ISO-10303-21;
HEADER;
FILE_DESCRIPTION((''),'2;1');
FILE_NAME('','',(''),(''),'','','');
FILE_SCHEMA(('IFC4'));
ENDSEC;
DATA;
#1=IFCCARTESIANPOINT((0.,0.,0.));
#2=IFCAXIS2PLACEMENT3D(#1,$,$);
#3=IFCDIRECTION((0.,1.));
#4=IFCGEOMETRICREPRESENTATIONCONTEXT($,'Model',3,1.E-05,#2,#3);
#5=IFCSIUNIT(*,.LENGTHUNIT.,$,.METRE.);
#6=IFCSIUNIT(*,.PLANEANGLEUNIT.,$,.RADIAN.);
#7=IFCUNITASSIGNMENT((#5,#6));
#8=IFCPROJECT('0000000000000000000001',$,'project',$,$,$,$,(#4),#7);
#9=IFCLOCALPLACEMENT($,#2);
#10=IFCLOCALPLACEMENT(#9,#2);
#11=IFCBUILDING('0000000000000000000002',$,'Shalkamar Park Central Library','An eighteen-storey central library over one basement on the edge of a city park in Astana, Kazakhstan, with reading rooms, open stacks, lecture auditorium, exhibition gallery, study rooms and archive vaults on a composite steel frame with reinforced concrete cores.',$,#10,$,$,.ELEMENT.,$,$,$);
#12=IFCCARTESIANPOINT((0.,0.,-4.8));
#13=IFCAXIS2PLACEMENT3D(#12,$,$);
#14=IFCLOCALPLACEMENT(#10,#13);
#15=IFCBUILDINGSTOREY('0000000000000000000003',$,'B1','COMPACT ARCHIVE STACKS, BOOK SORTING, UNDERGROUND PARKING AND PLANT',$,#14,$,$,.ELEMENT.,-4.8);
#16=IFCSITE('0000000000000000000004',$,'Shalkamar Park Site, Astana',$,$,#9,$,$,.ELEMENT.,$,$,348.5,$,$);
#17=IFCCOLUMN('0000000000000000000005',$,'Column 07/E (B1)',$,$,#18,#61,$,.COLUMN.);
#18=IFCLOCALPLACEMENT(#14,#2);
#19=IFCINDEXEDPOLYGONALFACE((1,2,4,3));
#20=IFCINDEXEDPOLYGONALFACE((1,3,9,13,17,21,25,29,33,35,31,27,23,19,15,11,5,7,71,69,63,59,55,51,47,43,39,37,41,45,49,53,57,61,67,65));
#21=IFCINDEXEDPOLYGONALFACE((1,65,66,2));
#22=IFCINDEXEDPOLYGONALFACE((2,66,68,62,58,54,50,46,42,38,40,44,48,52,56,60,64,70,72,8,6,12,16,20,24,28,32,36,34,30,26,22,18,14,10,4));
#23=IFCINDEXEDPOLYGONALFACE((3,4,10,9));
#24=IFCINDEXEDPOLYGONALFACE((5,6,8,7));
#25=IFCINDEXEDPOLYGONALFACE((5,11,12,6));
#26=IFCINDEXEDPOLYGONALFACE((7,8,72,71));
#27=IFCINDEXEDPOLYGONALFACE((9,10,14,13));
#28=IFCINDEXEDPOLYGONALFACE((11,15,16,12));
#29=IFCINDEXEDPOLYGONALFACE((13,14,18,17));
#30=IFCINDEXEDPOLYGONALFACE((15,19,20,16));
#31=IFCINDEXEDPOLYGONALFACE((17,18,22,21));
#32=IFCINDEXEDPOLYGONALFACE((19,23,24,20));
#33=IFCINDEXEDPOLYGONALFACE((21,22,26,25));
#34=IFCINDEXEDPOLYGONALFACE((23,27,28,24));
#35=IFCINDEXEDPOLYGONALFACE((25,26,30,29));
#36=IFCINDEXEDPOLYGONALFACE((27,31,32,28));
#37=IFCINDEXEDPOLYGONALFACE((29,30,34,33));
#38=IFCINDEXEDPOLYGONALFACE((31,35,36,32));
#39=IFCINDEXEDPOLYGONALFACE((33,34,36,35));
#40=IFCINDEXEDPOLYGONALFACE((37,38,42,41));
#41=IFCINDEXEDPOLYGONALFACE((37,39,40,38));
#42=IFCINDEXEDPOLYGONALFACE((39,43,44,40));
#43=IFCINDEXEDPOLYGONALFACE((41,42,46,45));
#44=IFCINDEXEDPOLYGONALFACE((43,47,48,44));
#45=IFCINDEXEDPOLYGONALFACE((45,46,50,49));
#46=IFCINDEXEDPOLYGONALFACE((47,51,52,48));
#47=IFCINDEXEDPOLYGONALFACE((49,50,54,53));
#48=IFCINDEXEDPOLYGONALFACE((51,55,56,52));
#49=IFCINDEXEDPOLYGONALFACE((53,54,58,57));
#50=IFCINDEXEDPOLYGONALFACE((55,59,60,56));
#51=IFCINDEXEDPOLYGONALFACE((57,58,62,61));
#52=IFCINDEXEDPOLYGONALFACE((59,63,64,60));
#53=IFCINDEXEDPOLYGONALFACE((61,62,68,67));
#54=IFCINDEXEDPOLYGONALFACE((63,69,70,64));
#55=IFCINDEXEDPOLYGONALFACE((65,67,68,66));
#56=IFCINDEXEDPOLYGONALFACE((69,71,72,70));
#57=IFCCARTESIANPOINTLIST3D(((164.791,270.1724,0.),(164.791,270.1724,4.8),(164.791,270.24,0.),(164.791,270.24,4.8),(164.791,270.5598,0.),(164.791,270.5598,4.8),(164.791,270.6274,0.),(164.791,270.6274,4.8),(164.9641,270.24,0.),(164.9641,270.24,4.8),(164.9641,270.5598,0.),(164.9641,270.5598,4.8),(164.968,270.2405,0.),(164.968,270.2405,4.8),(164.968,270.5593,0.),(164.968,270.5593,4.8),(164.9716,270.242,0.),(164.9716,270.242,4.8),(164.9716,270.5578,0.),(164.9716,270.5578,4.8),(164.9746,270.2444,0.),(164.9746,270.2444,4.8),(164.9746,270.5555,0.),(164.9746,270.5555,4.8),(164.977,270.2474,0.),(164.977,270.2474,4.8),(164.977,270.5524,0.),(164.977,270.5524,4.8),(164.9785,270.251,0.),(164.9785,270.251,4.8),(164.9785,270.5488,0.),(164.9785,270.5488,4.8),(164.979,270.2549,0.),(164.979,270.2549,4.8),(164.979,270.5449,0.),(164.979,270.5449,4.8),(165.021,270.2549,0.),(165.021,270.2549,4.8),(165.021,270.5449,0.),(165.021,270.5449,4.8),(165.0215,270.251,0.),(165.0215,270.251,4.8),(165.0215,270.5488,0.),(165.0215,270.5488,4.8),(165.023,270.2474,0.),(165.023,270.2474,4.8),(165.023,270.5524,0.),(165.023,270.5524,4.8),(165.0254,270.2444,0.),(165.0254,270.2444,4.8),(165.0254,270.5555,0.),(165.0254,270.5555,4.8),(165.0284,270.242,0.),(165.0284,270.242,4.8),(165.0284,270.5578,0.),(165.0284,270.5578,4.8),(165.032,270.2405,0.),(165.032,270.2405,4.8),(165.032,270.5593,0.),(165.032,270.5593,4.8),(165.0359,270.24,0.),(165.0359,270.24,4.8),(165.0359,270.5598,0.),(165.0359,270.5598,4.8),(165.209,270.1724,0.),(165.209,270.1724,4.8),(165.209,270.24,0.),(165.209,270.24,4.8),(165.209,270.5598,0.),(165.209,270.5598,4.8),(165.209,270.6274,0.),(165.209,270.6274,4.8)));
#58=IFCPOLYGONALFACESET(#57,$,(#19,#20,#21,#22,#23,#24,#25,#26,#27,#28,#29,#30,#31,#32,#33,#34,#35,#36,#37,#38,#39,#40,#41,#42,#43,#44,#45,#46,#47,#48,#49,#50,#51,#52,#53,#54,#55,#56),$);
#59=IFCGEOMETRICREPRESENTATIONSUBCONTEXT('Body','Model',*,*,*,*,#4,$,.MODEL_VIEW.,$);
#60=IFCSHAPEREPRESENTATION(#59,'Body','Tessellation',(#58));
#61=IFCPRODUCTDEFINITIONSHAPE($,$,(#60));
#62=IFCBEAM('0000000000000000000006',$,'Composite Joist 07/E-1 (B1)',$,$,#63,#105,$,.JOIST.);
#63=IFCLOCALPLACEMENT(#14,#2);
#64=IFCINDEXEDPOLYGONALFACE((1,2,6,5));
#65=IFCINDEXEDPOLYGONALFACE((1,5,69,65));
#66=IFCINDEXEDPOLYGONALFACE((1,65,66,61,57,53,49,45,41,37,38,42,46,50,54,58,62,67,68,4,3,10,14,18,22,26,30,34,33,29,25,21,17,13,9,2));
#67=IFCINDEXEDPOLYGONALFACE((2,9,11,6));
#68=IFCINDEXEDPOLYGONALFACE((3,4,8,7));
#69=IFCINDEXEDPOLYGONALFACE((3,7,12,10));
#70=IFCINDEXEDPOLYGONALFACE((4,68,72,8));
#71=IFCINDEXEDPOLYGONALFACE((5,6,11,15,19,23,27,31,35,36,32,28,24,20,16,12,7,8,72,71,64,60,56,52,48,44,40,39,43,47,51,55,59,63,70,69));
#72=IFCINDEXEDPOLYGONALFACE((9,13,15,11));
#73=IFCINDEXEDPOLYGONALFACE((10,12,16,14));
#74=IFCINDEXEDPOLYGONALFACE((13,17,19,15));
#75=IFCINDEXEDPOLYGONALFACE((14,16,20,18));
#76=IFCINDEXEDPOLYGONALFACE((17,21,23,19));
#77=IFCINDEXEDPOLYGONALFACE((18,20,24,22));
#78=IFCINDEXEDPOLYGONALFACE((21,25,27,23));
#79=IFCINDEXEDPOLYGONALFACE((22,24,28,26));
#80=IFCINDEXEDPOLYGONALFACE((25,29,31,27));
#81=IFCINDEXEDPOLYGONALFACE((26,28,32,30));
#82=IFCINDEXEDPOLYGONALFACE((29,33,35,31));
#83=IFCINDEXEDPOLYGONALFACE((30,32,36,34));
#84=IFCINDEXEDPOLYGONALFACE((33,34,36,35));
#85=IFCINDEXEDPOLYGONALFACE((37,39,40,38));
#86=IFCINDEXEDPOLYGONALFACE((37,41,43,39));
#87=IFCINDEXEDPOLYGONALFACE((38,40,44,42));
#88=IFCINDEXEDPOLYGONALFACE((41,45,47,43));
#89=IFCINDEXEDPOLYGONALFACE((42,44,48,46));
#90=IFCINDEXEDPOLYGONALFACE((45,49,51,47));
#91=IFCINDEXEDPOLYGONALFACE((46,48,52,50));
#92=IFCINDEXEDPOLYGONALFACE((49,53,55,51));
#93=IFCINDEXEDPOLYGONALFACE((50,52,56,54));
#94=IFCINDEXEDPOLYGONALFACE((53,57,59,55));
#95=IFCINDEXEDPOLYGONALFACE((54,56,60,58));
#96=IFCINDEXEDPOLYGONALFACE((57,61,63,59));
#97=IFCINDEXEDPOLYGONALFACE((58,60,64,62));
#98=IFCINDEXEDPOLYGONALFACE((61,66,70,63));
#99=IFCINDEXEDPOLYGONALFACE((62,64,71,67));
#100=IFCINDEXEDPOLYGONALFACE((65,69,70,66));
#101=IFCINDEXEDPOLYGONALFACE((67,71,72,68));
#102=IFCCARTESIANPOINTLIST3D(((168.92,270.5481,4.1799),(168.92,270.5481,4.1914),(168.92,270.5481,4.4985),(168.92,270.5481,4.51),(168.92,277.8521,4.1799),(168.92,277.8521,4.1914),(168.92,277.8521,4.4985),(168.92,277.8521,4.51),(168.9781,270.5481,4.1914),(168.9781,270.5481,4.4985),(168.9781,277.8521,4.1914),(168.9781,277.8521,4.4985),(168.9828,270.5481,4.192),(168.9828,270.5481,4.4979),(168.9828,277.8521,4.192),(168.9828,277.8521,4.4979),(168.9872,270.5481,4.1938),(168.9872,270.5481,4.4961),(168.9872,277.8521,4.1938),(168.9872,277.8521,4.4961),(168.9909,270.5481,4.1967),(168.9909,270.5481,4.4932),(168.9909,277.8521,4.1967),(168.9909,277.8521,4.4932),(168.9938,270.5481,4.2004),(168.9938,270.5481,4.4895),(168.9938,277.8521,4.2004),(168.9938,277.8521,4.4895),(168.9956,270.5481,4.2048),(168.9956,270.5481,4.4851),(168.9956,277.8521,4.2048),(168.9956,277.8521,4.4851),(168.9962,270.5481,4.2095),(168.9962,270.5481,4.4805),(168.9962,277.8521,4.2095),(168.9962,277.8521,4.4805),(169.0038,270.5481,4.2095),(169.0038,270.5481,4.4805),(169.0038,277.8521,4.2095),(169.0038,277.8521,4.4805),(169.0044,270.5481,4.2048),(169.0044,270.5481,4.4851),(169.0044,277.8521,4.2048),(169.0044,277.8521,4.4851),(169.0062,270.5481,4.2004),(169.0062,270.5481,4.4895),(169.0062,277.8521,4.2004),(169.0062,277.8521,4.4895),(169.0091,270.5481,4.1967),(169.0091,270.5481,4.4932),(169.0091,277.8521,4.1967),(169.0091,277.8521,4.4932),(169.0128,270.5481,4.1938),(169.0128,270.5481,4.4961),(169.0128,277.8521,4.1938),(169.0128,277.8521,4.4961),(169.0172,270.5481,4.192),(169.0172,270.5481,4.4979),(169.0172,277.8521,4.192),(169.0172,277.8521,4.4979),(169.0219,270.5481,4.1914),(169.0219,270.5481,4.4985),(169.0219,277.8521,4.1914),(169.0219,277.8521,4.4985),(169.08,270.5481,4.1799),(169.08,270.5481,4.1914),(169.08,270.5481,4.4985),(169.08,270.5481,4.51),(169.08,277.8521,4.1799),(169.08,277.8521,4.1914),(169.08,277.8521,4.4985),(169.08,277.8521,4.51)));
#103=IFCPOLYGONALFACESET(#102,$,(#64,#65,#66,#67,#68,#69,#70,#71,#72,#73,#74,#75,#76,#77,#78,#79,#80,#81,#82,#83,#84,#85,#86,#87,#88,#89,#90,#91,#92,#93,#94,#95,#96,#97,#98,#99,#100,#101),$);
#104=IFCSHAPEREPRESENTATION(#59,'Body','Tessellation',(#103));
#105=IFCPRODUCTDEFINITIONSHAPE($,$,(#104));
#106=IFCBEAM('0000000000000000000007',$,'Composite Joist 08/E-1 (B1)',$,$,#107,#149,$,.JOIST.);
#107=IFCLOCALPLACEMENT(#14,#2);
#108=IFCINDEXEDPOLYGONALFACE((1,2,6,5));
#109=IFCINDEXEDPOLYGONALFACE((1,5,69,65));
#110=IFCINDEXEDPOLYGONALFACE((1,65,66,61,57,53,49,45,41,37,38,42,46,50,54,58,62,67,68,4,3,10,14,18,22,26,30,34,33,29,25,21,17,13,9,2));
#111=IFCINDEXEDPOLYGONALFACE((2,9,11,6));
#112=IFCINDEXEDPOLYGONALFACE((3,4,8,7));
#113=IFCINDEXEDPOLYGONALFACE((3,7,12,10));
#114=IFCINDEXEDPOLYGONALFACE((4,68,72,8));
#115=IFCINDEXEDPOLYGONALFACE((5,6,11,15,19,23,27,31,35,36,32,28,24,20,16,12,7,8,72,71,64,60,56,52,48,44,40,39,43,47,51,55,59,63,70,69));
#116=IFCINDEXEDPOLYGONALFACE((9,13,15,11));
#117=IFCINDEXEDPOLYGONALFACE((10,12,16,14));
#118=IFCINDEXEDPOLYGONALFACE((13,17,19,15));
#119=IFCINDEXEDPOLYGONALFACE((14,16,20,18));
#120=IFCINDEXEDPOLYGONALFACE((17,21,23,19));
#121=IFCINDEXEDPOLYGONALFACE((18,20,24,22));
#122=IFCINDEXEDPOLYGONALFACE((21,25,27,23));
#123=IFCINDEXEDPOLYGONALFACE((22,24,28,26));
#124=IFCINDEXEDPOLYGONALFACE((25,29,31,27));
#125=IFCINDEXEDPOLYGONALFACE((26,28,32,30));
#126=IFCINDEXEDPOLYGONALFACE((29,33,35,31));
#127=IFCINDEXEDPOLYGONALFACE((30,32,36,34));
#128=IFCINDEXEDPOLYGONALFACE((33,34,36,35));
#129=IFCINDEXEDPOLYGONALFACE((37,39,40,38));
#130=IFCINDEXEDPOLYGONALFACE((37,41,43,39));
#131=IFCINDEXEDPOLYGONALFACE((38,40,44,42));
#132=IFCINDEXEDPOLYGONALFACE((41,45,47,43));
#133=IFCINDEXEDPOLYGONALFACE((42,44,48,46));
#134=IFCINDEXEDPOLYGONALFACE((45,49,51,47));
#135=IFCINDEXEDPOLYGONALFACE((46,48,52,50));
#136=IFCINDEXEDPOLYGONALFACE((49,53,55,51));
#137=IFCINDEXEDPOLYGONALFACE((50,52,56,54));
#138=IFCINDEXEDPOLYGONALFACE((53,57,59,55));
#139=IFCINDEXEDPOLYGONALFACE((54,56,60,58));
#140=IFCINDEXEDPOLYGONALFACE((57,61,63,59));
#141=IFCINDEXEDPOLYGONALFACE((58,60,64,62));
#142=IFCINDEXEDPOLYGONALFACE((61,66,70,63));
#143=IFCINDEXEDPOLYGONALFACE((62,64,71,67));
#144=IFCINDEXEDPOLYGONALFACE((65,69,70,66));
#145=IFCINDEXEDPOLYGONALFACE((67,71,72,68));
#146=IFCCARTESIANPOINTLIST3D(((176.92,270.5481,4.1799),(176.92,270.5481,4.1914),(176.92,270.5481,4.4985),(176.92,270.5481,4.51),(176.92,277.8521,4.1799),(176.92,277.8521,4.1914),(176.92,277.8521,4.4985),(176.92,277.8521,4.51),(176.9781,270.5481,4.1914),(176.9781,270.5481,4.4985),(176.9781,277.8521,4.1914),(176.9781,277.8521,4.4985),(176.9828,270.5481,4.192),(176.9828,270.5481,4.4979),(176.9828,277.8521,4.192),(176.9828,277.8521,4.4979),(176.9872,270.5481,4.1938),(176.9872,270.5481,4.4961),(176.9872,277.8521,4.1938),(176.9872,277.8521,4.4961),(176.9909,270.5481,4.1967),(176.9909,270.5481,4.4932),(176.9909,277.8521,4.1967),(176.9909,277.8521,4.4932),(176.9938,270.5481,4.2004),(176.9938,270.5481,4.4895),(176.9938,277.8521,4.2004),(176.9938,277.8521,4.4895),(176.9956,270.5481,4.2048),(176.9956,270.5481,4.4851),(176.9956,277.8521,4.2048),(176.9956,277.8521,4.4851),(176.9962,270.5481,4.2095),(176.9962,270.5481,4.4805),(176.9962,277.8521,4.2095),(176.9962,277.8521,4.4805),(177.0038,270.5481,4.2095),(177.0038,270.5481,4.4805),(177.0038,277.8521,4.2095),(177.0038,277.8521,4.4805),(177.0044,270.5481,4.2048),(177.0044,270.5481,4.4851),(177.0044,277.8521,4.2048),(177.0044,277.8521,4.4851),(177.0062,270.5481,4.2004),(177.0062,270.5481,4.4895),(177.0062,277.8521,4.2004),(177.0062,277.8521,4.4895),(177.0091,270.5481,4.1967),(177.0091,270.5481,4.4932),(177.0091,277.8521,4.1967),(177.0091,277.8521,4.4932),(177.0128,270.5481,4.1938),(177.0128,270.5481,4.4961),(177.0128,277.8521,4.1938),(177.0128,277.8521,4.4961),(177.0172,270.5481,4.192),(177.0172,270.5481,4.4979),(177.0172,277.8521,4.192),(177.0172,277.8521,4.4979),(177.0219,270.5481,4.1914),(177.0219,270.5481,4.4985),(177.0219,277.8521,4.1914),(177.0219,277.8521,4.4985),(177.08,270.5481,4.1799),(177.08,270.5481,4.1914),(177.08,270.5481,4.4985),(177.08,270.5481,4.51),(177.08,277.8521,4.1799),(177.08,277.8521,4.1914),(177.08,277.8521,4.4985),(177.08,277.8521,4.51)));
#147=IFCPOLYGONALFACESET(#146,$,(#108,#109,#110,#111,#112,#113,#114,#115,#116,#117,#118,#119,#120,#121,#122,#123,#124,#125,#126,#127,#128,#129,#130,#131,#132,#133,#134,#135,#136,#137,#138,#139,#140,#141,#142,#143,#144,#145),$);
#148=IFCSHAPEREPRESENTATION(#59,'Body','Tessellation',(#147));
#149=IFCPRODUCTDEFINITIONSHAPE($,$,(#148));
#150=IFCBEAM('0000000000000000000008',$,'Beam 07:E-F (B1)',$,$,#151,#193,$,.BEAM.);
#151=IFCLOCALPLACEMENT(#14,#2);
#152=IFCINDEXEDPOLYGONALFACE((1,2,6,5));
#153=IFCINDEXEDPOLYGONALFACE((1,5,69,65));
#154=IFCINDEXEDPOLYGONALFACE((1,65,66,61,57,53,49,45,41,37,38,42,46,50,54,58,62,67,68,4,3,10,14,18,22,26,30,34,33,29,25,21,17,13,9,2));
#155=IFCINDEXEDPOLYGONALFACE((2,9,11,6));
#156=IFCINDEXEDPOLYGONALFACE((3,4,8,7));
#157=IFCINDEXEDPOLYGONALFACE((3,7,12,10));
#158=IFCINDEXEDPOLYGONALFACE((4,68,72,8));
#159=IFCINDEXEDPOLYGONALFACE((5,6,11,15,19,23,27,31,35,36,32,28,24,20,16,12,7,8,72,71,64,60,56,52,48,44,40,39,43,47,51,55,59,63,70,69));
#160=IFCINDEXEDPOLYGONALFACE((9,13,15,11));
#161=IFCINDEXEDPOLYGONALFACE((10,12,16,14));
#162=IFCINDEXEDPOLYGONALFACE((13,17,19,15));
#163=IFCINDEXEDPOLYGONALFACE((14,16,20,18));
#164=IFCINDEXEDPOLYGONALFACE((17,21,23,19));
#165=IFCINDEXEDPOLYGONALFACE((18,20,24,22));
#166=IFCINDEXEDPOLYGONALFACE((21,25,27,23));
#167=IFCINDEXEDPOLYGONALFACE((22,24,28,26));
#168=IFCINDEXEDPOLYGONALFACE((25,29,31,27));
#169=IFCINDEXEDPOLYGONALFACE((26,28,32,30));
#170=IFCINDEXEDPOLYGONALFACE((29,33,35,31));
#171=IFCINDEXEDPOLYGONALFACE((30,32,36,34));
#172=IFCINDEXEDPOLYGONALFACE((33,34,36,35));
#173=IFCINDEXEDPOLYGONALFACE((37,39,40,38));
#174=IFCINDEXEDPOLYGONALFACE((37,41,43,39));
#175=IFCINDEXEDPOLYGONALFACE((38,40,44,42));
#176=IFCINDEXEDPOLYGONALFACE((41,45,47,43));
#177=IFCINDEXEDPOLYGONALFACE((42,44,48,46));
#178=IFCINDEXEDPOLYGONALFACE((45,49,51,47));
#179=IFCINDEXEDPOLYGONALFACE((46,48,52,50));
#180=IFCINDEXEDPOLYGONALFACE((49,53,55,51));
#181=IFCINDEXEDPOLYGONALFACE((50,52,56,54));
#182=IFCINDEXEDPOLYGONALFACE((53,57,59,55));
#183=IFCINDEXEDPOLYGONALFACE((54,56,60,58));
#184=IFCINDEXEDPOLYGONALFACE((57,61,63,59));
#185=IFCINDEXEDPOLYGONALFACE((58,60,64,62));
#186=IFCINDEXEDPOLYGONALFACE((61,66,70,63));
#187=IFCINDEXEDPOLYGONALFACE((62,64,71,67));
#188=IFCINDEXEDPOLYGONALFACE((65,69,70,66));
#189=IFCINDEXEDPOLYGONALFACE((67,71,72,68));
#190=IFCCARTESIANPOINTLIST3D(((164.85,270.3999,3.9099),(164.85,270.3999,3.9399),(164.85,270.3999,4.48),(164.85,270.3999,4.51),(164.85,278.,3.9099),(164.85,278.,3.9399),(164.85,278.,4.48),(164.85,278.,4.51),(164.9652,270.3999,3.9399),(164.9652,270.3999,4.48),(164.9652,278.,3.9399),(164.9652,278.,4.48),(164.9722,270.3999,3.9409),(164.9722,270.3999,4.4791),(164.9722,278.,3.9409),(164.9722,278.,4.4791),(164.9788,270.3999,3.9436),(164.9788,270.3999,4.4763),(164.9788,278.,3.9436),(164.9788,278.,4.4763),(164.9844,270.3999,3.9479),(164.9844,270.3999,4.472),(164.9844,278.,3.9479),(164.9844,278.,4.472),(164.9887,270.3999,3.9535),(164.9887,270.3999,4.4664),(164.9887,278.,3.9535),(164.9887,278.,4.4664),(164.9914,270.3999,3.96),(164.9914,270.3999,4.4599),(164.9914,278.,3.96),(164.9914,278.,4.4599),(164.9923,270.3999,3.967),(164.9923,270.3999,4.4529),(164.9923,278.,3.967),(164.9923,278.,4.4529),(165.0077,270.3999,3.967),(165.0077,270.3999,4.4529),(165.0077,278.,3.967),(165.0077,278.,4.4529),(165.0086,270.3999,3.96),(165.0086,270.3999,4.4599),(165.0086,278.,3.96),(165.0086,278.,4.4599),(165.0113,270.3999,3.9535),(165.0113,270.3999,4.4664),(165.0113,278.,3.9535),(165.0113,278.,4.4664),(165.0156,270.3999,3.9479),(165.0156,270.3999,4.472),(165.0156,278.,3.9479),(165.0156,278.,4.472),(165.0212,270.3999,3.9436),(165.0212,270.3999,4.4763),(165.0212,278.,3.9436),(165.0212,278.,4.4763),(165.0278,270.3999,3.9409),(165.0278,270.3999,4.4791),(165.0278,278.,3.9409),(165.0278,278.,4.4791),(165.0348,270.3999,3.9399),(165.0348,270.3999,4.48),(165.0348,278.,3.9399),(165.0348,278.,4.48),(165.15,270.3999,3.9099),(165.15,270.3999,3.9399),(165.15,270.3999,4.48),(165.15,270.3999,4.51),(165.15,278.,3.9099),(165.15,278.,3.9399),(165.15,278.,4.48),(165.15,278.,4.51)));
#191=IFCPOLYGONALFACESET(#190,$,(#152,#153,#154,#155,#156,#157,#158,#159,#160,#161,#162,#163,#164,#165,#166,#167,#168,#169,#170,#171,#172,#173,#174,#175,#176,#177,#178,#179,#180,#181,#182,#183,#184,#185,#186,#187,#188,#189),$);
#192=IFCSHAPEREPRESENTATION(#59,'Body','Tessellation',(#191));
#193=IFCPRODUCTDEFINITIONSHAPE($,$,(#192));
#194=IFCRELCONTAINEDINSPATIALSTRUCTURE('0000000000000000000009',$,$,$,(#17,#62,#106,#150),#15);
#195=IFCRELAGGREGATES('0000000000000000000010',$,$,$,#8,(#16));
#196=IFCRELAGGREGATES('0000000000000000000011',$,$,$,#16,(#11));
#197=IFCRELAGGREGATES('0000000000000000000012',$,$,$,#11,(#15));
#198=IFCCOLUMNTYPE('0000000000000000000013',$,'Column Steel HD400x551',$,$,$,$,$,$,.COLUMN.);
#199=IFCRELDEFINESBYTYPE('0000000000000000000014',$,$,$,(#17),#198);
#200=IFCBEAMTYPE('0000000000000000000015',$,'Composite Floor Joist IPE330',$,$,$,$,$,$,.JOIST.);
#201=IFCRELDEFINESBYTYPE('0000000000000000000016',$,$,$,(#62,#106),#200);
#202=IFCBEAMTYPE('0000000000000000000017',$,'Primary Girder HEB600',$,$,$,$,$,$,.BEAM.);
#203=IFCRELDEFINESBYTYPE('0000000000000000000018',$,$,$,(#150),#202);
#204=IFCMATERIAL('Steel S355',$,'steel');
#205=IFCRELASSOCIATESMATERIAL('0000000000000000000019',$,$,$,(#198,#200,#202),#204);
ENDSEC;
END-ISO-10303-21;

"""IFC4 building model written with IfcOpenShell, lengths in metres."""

from ifc_helpers import new_model, si_unit, direction, frame, origin, origin_2d, place, context, subcontext, project, spatial, i_section, extrude, material, material_profile, profile_set, type_object, element, save


model = new_model("IFC4")

# Units and contexts
model_context = context("Model", 3, precision=1e-05, world=origin(), true_north=direction((0.0, 1.0)))
body_context = subcontext(model_context, "Body", "Model", "MODEL_VIEW")
ifc_project = project(units=[si_unit("LENGTHUNIT", "METRE"), si_unit("PLANEANGLEUNIT", "RADIAN")], contexts=[model_context])

# Site, building, storey
site_placement = place(None, origin())
site = spatial("IfcSite", under=ifc_project, at=site_placement, Name="Shalkamar Park Site, Astana", CompositionType="ELEMENT", RefElevation=348.5)
building_placement = place(site_placement, origin())
building = spatial("IfcBuilding", under=site, at=building_placement, Name="Shalkamar Park Central Library", Description="An eighteen-storey central library over one basement on the edge of a city park in Astana, Kazakhstan, with reading rooms, open stacks, lecture auditorium, exhibition gallery, study rooms and archive vaults on a composite steel frame with reinforced concrete cores.", CompositionType="ELEMENT")
storey_placement = place(building_placement, frame((0.0, 0.0, -4.8)))
storey = spatial("IfcBuildingStorey", under=building, at=storey_placement, Name="B1", Description="COMPACT ARCHIVE STACKS, BOOK SORTING, UNDERGROUND PARKING AND PLANT", CompositionType="ELEMENT", Elevation=-4.8)

# Column
ifc_material_1 = material(Name="Steel S355", Category="steel")
ifc_material_profile_1 = material_profile(ifc_material_1, i_section(OverallWidth=0.418, OverallDepth=0.4551, WebThickness=0.042, FlangeThickness=0.0676, FilletRadius=0.0149, at=origin_2d()), Name="HD 400x551")
ifc_profile_set_1 = profile_set([ifc_material_profile_1], Name="Steel S355")
column_type_1 = type_object("IfcColumnType", Name="Column Steel HD400x551", PredefinedType="COLUMN", material=ifc_profile_set_1)
column_1_placement = place(storey_placement, frame((165.0, 270.3999, 0.0), z_axis=(0.0, 0.0, 1.0), x_axis=(1.0, 0.0, 0.0)))
element("IfcColumn", 1, at=column_1_placement, inside=storey, type_object=column_type_1, Name="Column 07/E (B1)", PredefinedType="COLUMN", context=body_context, shape_type="SweptSolid", body=[
    extrude(i_section(OverallWidth=0.418, OverallDepth=0.4551, WebThickness=0.042, FlangeThickness=0.0676, FilletRadius=0.0149, at=origin_2d()), origin(), (0.0, 0.0, 1.0), 4.8),
])

# Beams
ifc_material_profile_2 = material_profile(ifc_material_1, i_section(OverallWidth=0.1599, OverallDepth=0.3301, WebThickness=0.0076, FlangeThickness=0.0115, FilletRadius=0.0181, at=origin_2d()), Name="IPE 330")
ifc_profile_set_2 = profile_set([ifc_material_profile_2], Name="Steel S355")
beam_type_1 = type_object("IfcBeamType", Name="Composite Floor Joist IPE330", PredefinedType="JOIST", material=ifc_profile_set_2)
for number, where, z_axis, x_axis, name in (
    (2, (169.0, 270.5481, 4.345), (0.0, 1.0, 0.0), (-1.0, 0.0, 0.0), "Composite Joist 07/E-1 (B1)"),
    (3, (177.0, 270.5481, 4.345), (0.0, 1.0, 0.0), (-1.0, 0.0, 0.0), "Composite Joist 08/E-1 (B1)"),
):
    element("IfcBeam", number, at=place(storey_placement, frame(where, z_axis=z_axis, x_axis=x_axis)), inside=storey, type_object=beam_type_1, Name=name, PredefinedType="JOIST", context=body_context, shape_type="SweptSolid", body=[
        extrude(i_section(OverallWidth=0.1599, OverallDepth=0.3301, WebThickness=0.0076, FlangeThickness=0.0115, FilletRadius=0.0181, at=origin_2d()), origin(), (0.0, 0.0, 1.0), 7.304),
    ])
ifc_material_profile_3 = material_profile(ifc_material_1, i_section(OverallWidth=0.3, OverallDepth=0.6001, WebThickness=0.0154, FlangeThickness=0.03, FilletRadius=0.0271, at=origin_2d()), Name="HEB 600")
ifc_profile_set_3 = profile_set([ifc_material_profile_3], Name="Steel S355")
beam_type_2 = type_object("IfcBeamType", Name="Primary Girder HEB600", PredefinedType="BEAM", material=ifc_profile_set_3)
for number, where, z_axis, x_axis, name in (
    (4, (165.0, 270.3999, 4.21), (0.0, 1.0, 0.0), (-1.0, 0.0, 0.0), "Beam 07:E-F (B1)"),
):
    element("IfcBeam", number, at=place(storey_placement, frame(where, z_axis=z_axis, x_axis=x_axis)), inside=storey, type_object=beam_type_2, Name=name, PredefinedType="BEAM", context=body_context, shape_type="SweptSolid", body=[
        extrude(i_section(OverallWidth=0.3, OverallDepth=0.6001, WebThickness=0.0154, FlangeThickness=0.03, FilletRadius=0.0271, at=origin_2d()), origin(), (0.0, 0.0, 1.0), 7.6001),
    ])

save(model, "model.ifc")
